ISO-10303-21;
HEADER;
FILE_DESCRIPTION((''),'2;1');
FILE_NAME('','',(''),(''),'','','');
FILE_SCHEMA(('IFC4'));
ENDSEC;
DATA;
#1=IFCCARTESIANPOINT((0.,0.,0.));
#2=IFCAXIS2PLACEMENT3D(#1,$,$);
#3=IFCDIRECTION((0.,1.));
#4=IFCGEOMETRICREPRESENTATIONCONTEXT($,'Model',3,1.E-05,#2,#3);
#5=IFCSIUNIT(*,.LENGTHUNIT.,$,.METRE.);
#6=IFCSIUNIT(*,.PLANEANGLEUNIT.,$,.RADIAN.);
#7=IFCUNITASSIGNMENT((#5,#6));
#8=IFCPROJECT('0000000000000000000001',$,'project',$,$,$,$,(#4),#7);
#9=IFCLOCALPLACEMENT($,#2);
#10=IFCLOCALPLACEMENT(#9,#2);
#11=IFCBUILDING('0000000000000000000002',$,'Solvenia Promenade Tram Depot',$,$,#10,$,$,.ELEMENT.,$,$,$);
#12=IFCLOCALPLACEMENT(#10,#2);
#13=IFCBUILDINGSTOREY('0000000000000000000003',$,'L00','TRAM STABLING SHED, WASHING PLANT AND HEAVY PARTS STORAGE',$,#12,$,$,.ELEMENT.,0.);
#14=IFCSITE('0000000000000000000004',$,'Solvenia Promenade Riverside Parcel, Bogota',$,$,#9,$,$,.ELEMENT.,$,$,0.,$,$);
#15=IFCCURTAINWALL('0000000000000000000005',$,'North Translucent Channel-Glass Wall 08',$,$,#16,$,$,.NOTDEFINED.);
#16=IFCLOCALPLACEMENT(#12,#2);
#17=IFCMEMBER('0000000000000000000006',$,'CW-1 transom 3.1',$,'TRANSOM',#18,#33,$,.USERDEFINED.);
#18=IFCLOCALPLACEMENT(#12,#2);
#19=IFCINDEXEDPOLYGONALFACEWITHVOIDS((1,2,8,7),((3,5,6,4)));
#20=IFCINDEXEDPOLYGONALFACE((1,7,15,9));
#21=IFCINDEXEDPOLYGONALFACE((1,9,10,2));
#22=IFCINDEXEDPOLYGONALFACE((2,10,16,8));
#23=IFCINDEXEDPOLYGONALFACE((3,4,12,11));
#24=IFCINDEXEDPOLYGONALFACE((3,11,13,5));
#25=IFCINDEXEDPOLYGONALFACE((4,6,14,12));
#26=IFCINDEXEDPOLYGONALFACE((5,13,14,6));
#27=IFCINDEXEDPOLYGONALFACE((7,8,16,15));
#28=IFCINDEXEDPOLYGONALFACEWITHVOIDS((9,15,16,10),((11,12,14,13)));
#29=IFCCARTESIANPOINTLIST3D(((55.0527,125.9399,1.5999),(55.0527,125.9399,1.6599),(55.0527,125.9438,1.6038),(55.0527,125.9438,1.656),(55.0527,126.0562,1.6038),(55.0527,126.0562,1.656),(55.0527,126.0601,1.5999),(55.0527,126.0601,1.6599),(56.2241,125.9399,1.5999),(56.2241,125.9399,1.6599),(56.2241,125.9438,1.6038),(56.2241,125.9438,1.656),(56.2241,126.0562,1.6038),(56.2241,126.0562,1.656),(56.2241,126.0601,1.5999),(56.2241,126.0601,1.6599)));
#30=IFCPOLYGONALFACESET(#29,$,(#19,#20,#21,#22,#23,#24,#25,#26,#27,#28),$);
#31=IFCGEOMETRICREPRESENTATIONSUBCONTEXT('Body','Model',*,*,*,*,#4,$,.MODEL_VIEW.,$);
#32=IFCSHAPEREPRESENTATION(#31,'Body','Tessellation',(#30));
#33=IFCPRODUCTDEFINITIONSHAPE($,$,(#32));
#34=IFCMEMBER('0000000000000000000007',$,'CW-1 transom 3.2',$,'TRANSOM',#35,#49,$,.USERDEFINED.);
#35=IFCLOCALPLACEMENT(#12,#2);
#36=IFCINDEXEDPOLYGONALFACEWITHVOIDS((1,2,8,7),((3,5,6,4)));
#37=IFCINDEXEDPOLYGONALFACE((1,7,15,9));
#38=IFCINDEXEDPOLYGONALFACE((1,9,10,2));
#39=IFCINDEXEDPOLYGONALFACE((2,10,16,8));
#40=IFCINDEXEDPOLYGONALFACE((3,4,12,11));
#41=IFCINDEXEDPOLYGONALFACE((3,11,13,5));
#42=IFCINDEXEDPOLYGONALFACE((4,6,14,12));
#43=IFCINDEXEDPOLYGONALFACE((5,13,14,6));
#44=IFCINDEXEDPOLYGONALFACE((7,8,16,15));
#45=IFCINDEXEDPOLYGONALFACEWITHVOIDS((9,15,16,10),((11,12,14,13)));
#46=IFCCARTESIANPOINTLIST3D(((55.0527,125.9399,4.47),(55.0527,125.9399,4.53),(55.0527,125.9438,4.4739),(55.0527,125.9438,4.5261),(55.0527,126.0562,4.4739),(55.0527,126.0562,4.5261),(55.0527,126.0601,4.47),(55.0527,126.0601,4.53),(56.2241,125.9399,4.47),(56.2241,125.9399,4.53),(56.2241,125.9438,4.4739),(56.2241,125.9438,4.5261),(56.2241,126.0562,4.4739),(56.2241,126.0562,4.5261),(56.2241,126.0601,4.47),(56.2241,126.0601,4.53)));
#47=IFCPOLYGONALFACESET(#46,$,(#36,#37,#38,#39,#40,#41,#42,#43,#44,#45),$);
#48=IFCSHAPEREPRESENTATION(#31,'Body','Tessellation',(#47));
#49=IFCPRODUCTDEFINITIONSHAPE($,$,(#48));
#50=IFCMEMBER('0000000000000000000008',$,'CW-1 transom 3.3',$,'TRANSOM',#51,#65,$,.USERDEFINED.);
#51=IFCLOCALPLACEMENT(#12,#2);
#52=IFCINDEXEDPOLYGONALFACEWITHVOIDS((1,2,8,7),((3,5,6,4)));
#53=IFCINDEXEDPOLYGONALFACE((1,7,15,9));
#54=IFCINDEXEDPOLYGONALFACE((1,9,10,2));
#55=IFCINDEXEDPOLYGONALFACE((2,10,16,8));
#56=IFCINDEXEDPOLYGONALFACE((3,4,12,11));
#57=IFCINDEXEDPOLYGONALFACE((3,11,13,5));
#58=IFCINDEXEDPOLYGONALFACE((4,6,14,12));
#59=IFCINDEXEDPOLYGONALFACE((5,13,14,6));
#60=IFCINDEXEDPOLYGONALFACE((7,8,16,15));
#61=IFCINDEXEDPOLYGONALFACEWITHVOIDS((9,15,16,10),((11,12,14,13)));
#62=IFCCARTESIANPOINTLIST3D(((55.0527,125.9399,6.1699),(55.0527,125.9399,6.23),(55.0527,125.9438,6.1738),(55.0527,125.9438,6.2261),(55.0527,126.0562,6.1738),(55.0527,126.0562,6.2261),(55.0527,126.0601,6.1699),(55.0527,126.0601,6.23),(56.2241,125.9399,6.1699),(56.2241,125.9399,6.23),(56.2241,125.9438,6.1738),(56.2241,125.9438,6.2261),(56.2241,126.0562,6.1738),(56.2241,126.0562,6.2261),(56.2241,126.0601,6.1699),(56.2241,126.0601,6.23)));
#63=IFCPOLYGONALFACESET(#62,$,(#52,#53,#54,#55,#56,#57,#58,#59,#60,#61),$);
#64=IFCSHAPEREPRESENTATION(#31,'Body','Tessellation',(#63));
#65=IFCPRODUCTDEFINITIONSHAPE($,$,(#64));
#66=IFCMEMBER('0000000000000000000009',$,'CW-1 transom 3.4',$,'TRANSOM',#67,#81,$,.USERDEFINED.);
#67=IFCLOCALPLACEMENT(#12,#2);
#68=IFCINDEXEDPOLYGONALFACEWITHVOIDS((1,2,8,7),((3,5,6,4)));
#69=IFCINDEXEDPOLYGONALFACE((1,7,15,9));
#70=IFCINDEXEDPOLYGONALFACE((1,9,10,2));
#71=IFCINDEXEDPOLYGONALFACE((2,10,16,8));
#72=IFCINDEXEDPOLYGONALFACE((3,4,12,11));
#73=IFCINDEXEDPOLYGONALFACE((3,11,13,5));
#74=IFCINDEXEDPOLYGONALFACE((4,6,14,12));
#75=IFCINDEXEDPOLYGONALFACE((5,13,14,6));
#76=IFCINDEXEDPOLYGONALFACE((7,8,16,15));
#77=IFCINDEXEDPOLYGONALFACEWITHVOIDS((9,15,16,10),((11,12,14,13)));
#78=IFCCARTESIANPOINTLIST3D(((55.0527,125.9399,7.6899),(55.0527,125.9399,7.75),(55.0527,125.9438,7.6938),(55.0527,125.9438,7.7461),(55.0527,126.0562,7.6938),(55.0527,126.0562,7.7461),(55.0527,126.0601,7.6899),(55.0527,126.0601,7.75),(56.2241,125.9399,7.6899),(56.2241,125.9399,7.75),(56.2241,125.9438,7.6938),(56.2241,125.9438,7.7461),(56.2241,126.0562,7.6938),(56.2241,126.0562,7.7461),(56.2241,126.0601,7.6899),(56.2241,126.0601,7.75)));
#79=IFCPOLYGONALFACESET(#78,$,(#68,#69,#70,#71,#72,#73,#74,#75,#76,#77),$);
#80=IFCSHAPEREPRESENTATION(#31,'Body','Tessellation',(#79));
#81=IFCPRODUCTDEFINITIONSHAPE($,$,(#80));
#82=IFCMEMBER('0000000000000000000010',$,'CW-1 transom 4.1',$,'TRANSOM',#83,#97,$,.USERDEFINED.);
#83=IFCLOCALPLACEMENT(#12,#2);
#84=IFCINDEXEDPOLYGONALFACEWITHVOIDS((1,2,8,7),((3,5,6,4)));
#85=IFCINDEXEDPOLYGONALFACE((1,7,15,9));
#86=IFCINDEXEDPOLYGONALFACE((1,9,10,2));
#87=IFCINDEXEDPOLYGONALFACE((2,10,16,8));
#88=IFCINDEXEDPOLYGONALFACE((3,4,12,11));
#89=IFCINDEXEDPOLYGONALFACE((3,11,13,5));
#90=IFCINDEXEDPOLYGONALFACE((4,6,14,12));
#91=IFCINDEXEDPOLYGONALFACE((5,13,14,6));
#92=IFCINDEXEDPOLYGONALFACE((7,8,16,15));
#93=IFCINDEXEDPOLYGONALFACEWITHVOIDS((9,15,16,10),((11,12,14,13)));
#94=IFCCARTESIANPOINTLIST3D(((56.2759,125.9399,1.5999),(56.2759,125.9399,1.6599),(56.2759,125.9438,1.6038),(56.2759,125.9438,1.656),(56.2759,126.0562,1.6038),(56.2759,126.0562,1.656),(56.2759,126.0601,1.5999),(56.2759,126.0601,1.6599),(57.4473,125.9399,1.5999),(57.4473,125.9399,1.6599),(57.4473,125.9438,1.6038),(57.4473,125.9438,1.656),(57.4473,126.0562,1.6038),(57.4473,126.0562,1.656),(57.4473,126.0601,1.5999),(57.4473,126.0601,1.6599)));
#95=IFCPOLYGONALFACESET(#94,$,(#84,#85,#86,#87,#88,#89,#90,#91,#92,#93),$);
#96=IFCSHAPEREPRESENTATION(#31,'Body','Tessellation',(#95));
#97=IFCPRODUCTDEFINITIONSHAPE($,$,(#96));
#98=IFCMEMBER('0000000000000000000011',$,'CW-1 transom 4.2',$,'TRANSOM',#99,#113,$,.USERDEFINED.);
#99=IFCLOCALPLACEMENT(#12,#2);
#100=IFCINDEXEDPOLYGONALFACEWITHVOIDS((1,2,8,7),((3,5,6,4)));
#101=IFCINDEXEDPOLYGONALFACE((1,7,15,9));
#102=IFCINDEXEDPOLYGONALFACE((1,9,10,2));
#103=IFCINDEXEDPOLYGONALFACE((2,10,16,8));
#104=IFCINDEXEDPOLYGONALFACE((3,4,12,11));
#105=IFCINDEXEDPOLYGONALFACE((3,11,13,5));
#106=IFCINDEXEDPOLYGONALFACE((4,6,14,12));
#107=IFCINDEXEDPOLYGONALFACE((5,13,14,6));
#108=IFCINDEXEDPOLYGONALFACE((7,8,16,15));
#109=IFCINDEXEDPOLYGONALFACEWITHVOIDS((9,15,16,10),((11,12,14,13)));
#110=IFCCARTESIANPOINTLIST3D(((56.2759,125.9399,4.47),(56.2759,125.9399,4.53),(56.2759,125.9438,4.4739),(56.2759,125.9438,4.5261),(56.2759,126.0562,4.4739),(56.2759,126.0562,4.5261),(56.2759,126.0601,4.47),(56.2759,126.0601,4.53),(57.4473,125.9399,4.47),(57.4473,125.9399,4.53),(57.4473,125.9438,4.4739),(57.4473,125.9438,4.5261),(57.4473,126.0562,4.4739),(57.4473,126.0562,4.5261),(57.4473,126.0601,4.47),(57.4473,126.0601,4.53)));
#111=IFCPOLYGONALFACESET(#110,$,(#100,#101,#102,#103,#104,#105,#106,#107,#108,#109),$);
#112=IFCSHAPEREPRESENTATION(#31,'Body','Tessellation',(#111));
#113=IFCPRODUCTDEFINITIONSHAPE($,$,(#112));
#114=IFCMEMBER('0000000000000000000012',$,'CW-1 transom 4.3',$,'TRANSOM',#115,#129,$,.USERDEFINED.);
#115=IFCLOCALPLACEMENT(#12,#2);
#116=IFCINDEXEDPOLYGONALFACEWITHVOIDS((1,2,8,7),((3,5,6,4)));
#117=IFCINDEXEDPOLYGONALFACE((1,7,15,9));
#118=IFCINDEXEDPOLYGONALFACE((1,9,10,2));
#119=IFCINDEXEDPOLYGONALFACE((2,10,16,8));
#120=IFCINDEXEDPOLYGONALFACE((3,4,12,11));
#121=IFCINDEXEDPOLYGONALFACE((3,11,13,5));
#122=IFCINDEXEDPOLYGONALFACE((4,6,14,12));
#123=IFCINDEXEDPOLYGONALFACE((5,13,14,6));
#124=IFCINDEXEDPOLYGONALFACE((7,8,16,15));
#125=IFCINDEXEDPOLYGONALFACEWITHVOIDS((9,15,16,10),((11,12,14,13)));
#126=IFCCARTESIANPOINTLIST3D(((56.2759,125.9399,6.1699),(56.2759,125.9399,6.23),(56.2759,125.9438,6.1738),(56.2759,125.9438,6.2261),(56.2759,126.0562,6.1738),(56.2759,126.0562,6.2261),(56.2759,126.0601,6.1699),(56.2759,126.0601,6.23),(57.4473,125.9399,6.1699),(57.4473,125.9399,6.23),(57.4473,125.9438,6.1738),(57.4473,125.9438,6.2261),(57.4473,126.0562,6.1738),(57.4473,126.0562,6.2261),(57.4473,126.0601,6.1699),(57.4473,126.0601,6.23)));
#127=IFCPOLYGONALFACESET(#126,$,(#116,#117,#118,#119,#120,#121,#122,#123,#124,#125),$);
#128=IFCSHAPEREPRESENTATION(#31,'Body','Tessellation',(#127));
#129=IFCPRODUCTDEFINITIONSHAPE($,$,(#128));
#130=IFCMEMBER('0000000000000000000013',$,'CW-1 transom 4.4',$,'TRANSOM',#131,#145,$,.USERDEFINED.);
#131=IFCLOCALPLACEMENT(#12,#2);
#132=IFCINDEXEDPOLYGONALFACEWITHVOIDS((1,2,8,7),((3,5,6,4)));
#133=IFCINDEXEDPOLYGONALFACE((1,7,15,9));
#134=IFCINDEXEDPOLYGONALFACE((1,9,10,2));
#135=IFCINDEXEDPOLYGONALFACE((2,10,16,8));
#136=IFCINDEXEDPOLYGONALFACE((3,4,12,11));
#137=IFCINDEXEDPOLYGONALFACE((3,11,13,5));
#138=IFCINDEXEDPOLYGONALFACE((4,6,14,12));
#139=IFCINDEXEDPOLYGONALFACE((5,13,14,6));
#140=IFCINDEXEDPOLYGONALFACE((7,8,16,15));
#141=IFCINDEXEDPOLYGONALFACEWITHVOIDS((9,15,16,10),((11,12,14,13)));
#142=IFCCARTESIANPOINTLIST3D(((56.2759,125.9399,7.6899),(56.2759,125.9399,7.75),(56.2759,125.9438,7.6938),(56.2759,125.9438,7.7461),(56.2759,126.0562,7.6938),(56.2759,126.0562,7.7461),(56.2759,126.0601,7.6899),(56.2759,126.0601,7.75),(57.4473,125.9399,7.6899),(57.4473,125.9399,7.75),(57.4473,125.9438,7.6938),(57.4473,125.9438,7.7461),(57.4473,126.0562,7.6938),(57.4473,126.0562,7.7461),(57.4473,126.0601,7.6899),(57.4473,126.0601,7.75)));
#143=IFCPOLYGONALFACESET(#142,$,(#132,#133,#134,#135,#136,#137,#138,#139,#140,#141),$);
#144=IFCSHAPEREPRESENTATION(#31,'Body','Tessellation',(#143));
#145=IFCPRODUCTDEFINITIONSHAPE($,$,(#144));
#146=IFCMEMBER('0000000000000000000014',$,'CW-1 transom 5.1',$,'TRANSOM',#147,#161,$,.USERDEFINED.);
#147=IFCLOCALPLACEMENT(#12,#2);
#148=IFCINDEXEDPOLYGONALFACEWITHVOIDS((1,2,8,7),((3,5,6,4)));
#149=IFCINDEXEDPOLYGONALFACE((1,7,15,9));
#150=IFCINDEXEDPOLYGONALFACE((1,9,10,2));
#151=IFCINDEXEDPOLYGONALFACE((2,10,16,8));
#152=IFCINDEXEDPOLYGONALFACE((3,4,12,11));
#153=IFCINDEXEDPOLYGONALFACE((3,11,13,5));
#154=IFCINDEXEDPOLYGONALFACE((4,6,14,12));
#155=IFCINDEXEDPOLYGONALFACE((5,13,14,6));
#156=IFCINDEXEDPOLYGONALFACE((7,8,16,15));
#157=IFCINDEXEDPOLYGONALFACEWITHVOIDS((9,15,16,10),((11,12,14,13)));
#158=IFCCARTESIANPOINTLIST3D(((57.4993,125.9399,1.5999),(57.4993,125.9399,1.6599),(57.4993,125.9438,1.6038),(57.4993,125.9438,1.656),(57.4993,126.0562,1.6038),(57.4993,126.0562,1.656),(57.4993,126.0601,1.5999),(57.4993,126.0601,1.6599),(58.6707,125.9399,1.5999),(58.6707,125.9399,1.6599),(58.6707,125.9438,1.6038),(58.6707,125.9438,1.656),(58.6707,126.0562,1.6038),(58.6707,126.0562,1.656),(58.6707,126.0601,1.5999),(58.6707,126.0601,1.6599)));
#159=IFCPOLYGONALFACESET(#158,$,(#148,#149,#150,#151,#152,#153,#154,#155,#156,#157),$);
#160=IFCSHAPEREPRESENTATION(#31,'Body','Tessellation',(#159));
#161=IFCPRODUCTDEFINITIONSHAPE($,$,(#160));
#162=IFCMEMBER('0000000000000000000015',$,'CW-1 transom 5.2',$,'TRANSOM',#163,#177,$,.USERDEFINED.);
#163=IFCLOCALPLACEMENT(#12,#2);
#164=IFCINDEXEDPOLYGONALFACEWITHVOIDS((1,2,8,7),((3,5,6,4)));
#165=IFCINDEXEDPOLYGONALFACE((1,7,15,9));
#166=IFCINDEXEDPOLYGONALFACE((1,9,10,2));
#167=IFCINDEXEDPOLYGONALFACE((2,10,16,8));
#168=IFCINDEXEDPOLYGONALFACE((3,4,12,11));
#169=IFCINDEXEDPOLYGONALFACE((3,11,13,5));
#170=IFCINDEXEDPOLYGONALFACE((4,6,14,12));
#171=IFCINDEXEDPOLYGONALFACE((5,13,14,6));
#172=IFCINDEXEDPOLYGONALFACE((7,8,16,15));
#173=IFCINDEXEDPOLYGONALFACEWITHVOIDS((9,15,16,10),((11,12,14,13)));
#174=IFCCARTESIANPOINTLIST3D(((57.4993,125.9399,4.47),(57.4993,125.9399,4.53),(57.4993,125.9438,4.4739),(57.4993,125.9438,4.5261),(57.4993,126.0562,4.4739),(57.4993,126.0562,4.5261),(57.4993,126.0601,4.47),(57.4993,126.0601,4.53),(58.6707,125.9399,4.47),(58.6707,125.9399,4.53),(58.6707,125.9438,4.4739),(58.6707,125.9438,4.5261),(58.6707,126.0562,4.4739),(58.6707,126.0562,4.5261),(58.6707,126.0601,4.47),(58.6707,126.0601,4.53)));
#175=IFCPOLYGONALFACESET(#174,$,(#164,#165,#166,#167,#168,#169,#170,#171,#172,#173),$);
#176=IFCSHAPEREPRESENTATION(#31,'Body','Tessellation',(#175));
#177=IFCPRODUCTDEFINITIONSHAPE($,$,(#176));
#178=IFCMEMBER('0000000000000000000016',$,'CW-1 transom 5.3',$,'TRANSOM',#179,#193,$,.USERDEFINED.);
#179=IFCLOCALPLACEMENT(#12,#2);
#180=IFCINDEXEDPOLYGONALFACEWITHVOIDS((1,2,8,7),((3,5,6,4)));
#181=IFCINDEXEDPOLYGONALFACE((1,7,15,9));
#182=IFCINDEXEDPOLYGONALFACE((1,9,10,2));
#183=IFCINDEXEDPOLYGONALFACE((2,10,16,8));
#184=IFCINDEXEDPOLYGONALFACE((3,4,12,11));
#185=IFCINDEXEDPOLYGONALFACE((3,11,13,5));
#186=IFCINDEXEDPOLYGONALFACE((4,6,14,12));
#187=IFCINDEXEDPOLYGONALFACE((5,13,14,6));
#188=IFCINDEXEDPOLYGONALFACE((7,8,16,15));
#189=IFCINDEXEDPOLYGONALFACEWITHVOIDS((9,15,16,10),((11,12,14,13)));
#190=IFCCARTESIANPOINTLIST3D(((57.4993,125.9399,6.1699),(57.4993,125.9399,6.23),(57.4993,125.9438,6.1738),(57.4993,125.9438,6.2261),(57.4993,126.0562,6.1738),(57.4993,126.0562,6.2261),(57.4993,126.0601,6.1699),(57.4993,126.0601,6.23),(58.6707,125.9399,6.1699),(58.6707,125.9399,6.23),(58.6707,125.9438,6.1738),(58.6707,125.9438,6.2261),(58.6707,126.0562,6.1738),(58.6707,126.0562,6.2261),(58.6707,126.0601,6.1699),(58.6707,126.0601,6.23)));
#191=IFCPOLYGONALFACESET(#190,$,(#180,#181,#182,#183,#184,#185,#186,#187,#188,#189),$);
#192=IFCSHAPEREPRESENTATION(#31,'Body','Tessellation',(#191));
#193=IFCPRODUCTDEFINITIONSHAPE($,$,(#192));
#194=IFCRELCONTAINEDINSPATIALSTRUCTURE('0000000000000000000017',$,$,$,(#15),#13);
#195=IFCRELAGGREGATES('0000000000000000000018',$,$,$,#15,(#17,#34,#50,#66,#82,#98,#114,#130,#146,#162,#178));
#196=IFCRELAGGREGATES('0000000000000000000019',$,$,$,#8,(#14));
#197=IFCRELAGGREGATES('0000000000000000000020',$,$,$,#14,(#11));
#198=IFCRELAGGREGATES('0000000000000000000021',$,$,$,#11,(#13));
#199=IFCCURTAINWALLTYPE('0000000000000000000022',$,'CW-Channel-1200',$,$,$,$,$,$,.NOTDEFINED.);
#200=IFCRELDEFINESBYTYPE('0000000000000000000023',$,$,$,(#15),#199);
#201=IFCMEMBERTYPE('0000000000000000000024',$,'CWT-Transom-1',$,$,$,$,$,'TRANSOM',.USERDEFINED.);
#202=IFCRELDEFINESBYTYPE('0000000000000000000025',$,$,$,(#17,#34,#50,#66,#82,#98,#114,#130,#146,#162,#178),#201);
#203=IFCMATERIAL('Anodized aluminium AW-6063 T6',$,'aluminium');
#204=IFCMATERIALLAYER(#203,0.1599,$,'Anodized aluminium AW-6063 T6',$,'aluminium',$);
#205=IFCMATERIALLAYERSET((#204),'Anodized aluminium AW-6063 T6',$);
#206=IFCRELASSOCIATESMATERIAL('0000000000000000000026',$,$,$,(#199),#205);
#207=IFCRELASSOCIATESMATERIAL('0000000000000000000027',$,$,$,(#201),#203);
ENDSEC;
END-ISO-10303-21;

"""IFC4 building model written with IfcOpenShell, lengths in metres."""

from ifc_helpers import new_model, si_unit, direction, frame, origin, origin_2d, place, context, subcontext, project, spatial, hollow_rectangle, extrude, material, layer, layer_set, material_profile, profile_set, type_object, element, aggregate, save


model = new_model("IFC4")

# Units and contexts
model_context = context("Model", 3, precision=1e-05, world=origin(), true_north=direction((0.0, 1.0)))
body_context = subcontext(model_context, "Body", "Model", "MODEL_VIEW")
ifc_project = project(units=[si_unit("LENGTHUNIT", "METRE"), si_unit("PLANEANGLEUNIT", "RADIAN")], contexts=[model_context])

# Site, building, storey
site_placement = place(None, origin())
site = spatial("IfcSite", under=ifc_project, at=site_placement, Name="Solvenia Promenade Riverside Parcel, Bogota", CompositionType="ELEMENT", RefElevation=0.0)
building_placement = place(site_placement, origin())
building = spatial("IfcBuilding", under=site, at=building_placement, Name="Solvenia Promenade Tram Depot", CompositionType="ELEMENT")
storey_placement = place(building_placement, origin())
storey = spatial("IfcBuildingStorey", under=building, at=storey_placement, Name="L00", Description="TRAM STABLING SHED, WASHING PLANT AND HEAVY PARTS STORAGE", CompositionType="ELEMENT", Elevation=0.0)

# Curtain wall, members
ifc_material_1 = material(Name="Anodized aluminium AW-6063 T6", Category="aluminium")
ifc_layer_1 = layer(ifc_material_1, 0.1599, Name="Anodized aluminium AW-6063 T6", Category="aluminium")
ifc_layer_set_1 = layer_set([ifc_layer_1], Name="Anodized aluminium AW-6063 T6")
curtain_wall_type = type_object("IfcCurtainWallType", Name="CW-Channel-1200", PredefinedType="NOTDEFINED", material=ifc_layer_set_1)
curtain_wall_placement = place(storey_placement, origin())
curtain_wall = element("IfcCurtainWall", 1, at=curtain_wall_placement, inside=storey, type_object=curtain_wall_type, Name="North Translucent Channel-Glass Wall 08", PredefinedType="NOTDEFINED")
ifc_material_profile_1 = material_profile(ifc_material_1, hollow_rectangle(XDim=0.1201, YDim=0.0601, WallThickness=0.0039, at=origin_2d()), Name="ALU-T1", Category="aluminium")
ifc_profile_set_1 = profile_set([ifc_material_profile_1], Name="Anodized aluminium AW-6063 T6")
member_type_1 = type_object("IfcMemberType", Name="CWT-Transom-1", ElementType="TRANSOM", PredefinedType="USERDEFINED", material=ifc_profile_set_1)
member_1_placement = place(storey_placement, frame((55.0527, 126.0, 1.6299), z_axis=(1.0, 0.0, 0.0), x_axis=(0.0, 1.0, 0.0)))
member_1 = element("IfcMember", 2, at=member_1_placement, type_object=member_type_1, Name="CW-1 transom 3.1", ObjectType="TRANSOM", PredefinedType="USERDEFINED", context=body_context, shape_type="SweptSolid", body=[
    extrude(hollow_rectangle(XDim=0.1201, YDim=0.0601, WallThickness=0.0039, at=origin_2d()), origin(), (0.0, 0.0, 1.0), 1.1714),
])
member_2_placement = place(storey_placement, frame((55.0527, 126.0, 4.5), z_axis=(1.0, 0.0, 0.0), x_axis=(0.0, 1.0, 0.0)))
member_2 = element("IfcMember", 3, at=member_2_placement, type_object=member_type_1, Name="CW-1 transom 3.2", ObjectType="TRANSOM", PredefinedType="USERDEFINED", context=body_context, shape_type="SweptSolid", body=[
    extrude(hollow_rectangle(XDim=0.1201, YDim=0.0601, WallThickness=0.0039, at=origin_2d()), origin(), (0.0, 0.0, 1.0), 1.1714),
])
member_3_placement = place(storey_placement, frame((55.0527, 126.0, 6.2), z_axis=(1.0, 0.0, 0.0), x_axis=(0.0, 1.0, 0.0)))
member_3 = element("IfcMember", 4, at=member_3_placement, type_object=member_type_1, Name="CW-1 transom 3.3", ObjectType="TRANSOM", PredefinedType="USERDEFINED", context=body_context, shape_type="SweptSolid", body=[
    extrude(hollow_rectangle(XDim=0.1201, YDim=0.0601, WallThickness=0.0039, at=origin_2d()), origin(), (0.0, 0.0, 1.0), 1.1714),
])
member_4_placement = place(storey_placement, frame((55.0527, 126.0, 7.72), z_axis=(1.0, 0.0, 0.0), x_axis=(0.0, 1.0, 0.0)))
member_4 = element("IfcMember", 5, at=member_4_placement, type_object=member_type_1, Name="CW-1 transom 3.4", ObjectType="TRANSOM", PredefinedType="USERDEFINED", context=body_context, shape_type="SweptSolid", body=[
    extrude(hollow_rectangle(XDim=0.1201, YDim=0.0601, WallThickness=0.0039, at=origin_2d()), origin(), (0.0, 0.0, 1.0), 1.1714),
])
member_5_placement = place(storey_placement, frame((56.2759, 126.0, 1.6299), z_axis=(1.0, 0.0, 0.0), x_axis=(0.0, 1.0, 0.0)))
member_5 = element("IfcMember", 6, at=member_5_placement, type_object=member_type_1, Name="CW-1 transom 4.1", ObjectType="TRANSOM", PredefinedType="USERDEFINED", context=body_context, shape_type="SweptSolid", body=[
    extrude(hollow_rectangle(XDim=0.1201, YDim=0.0601, WallThickness=0.0039, at=origin_2d()), origin(), (0.0, 0.0, 1.0), 1.1714),
])
member_6_placement = place(storey_placement, frame((56.2759, 126.0, 4.5), z_axis=(1.0, 0.0, 0.0), x_axis=(0.0, 1.0, 0.0)))
member_6 = element("IfcMember", 7, at=member_6_placement, type_object=member_type_1, Name="CW-1 transom 4.2", ObjectType="TRANSOM", PredefinedType="USERDEFINED", context=body_context, shape_type="SweptSolid", body=[
    extrude(hollow_rectangle(XDim=0.1201, YDim=0.0601, WallThickness=0.0039, at=origin_2d()), origin(), (0.0, 0.0, 1.0), 1.1714),
])
member_7_placement = place(storey_placement, frame((56.2759, 126.0, 6.2), z_axis=(1.0, 0.0, 0.0), x_axis=(0.0, 1.0, 0.0)))
member_7 = element("IfcMember", 8, at=member_7_placement, type_object=member_type_1, Name="CW-1 transom 4.3", ObjectType="TRANSOM", PredefinedType="USERDEFINED", context=body_context, shape_type="SweptSolid", body=[
    extrude(hollow_rectangle(XDim=0.1201, YDim=0.0601, WallThickness=0.0039, at=origin_2d()), origin(), (0.0, 0.0, 1.0), 1.1714),
])
member_8_placement = place(storey_placement, frame((56.2759, 126.0, 7.72), z_axis=(1.0, 0.0, 0.0), x_axis=(0.0, 1.0, 0.0)))
member_8 = element("IfcMember", 9, at=member_8_placement, type_object=member_type_1, Name="CW-1 transom 4.4", ObjectType="TRANSOM", PredefinedType="USERDEFINED", context=body_context, shape_type="SweptSolid", body=[
    extrude(hollow_rectangle(XDim=0.1201, YDim=0.0601, WallThickness=0.0039, at=origin_2d()), origin(), (0.0, 0.0, 1.0), 1.1714),
])
member_9_placement = place(storey_placement, frame((57.4993, 126.0, 1.6299), z_axis=(1.0, 0.0, 0.0), x_axis=(0.0, 1.0, 0.0)))
member_9 = element("IfcMember", 10, at=member_9_placement, type_object=member_type_1, Name="CW-1 transom 5.1", ObjectType="TRANSOM", PredefinedType="USERDEFINED", context=body_context, shape_type="SweptSolid", body=[
    extrude(hollow_rectangle(XDim=0.1201, YDim=0.0601, WallThickness=0.0039, at=origin_2d()), origin(), (0.0, 0.0, 1.0), 1.1714),
])
member_10_placement = place(storey_placement, frame((57.4993, 126.0, 4.5), z_axis=(1.0, 0.0, 0.0), x_axis=(0.0, 1.0, 0.0)))
member_10 = element("IfcMember", 11, at=member_10_placement, type_object=member_type_1, Name="CW-1 transom 5.2", ObjectType="TRANSOM", PredefinedType="USERDEFINED", context=body_context, shape_type="SweptSolid", body=[
    extrude(hollow_rectangle(XDim=0.1201, YDim=0.0601, WallThickness=0.0039, at=origin_2d()), origin(), (0.0, 0.0, 1.0), 1.1714),
])
member_11_placement = place(storey_placement, frame((57.4993, 126.0, 6.2), z_axis=(1.0, 0.0, 0.0), x_axis=(0.0, 1.0, 0.0)))
member_11 = element("IfcMember", 12, at=member_11_placement, type_object=member_type_1, Name="CW-1 transom 5.3", ObjectType="TRANSOM", PredefinedType="USERDEFINED", context=body_context, shape_type="SweptSolid", body=[
    extrude(hollow_rectangle(XDim=0.1201, YDim=0.0601, WallThickness=0.0039, at=origin_2d()), origin(), (0.0, 0.0, 1.0), 1.1714),
])
aggregate(curtain_wall, [member_1, member_2, member_3, member_4, member_5, member_6, member_7, member_8, member_9, member_10, member_11])

save(model, "model.ifc")
